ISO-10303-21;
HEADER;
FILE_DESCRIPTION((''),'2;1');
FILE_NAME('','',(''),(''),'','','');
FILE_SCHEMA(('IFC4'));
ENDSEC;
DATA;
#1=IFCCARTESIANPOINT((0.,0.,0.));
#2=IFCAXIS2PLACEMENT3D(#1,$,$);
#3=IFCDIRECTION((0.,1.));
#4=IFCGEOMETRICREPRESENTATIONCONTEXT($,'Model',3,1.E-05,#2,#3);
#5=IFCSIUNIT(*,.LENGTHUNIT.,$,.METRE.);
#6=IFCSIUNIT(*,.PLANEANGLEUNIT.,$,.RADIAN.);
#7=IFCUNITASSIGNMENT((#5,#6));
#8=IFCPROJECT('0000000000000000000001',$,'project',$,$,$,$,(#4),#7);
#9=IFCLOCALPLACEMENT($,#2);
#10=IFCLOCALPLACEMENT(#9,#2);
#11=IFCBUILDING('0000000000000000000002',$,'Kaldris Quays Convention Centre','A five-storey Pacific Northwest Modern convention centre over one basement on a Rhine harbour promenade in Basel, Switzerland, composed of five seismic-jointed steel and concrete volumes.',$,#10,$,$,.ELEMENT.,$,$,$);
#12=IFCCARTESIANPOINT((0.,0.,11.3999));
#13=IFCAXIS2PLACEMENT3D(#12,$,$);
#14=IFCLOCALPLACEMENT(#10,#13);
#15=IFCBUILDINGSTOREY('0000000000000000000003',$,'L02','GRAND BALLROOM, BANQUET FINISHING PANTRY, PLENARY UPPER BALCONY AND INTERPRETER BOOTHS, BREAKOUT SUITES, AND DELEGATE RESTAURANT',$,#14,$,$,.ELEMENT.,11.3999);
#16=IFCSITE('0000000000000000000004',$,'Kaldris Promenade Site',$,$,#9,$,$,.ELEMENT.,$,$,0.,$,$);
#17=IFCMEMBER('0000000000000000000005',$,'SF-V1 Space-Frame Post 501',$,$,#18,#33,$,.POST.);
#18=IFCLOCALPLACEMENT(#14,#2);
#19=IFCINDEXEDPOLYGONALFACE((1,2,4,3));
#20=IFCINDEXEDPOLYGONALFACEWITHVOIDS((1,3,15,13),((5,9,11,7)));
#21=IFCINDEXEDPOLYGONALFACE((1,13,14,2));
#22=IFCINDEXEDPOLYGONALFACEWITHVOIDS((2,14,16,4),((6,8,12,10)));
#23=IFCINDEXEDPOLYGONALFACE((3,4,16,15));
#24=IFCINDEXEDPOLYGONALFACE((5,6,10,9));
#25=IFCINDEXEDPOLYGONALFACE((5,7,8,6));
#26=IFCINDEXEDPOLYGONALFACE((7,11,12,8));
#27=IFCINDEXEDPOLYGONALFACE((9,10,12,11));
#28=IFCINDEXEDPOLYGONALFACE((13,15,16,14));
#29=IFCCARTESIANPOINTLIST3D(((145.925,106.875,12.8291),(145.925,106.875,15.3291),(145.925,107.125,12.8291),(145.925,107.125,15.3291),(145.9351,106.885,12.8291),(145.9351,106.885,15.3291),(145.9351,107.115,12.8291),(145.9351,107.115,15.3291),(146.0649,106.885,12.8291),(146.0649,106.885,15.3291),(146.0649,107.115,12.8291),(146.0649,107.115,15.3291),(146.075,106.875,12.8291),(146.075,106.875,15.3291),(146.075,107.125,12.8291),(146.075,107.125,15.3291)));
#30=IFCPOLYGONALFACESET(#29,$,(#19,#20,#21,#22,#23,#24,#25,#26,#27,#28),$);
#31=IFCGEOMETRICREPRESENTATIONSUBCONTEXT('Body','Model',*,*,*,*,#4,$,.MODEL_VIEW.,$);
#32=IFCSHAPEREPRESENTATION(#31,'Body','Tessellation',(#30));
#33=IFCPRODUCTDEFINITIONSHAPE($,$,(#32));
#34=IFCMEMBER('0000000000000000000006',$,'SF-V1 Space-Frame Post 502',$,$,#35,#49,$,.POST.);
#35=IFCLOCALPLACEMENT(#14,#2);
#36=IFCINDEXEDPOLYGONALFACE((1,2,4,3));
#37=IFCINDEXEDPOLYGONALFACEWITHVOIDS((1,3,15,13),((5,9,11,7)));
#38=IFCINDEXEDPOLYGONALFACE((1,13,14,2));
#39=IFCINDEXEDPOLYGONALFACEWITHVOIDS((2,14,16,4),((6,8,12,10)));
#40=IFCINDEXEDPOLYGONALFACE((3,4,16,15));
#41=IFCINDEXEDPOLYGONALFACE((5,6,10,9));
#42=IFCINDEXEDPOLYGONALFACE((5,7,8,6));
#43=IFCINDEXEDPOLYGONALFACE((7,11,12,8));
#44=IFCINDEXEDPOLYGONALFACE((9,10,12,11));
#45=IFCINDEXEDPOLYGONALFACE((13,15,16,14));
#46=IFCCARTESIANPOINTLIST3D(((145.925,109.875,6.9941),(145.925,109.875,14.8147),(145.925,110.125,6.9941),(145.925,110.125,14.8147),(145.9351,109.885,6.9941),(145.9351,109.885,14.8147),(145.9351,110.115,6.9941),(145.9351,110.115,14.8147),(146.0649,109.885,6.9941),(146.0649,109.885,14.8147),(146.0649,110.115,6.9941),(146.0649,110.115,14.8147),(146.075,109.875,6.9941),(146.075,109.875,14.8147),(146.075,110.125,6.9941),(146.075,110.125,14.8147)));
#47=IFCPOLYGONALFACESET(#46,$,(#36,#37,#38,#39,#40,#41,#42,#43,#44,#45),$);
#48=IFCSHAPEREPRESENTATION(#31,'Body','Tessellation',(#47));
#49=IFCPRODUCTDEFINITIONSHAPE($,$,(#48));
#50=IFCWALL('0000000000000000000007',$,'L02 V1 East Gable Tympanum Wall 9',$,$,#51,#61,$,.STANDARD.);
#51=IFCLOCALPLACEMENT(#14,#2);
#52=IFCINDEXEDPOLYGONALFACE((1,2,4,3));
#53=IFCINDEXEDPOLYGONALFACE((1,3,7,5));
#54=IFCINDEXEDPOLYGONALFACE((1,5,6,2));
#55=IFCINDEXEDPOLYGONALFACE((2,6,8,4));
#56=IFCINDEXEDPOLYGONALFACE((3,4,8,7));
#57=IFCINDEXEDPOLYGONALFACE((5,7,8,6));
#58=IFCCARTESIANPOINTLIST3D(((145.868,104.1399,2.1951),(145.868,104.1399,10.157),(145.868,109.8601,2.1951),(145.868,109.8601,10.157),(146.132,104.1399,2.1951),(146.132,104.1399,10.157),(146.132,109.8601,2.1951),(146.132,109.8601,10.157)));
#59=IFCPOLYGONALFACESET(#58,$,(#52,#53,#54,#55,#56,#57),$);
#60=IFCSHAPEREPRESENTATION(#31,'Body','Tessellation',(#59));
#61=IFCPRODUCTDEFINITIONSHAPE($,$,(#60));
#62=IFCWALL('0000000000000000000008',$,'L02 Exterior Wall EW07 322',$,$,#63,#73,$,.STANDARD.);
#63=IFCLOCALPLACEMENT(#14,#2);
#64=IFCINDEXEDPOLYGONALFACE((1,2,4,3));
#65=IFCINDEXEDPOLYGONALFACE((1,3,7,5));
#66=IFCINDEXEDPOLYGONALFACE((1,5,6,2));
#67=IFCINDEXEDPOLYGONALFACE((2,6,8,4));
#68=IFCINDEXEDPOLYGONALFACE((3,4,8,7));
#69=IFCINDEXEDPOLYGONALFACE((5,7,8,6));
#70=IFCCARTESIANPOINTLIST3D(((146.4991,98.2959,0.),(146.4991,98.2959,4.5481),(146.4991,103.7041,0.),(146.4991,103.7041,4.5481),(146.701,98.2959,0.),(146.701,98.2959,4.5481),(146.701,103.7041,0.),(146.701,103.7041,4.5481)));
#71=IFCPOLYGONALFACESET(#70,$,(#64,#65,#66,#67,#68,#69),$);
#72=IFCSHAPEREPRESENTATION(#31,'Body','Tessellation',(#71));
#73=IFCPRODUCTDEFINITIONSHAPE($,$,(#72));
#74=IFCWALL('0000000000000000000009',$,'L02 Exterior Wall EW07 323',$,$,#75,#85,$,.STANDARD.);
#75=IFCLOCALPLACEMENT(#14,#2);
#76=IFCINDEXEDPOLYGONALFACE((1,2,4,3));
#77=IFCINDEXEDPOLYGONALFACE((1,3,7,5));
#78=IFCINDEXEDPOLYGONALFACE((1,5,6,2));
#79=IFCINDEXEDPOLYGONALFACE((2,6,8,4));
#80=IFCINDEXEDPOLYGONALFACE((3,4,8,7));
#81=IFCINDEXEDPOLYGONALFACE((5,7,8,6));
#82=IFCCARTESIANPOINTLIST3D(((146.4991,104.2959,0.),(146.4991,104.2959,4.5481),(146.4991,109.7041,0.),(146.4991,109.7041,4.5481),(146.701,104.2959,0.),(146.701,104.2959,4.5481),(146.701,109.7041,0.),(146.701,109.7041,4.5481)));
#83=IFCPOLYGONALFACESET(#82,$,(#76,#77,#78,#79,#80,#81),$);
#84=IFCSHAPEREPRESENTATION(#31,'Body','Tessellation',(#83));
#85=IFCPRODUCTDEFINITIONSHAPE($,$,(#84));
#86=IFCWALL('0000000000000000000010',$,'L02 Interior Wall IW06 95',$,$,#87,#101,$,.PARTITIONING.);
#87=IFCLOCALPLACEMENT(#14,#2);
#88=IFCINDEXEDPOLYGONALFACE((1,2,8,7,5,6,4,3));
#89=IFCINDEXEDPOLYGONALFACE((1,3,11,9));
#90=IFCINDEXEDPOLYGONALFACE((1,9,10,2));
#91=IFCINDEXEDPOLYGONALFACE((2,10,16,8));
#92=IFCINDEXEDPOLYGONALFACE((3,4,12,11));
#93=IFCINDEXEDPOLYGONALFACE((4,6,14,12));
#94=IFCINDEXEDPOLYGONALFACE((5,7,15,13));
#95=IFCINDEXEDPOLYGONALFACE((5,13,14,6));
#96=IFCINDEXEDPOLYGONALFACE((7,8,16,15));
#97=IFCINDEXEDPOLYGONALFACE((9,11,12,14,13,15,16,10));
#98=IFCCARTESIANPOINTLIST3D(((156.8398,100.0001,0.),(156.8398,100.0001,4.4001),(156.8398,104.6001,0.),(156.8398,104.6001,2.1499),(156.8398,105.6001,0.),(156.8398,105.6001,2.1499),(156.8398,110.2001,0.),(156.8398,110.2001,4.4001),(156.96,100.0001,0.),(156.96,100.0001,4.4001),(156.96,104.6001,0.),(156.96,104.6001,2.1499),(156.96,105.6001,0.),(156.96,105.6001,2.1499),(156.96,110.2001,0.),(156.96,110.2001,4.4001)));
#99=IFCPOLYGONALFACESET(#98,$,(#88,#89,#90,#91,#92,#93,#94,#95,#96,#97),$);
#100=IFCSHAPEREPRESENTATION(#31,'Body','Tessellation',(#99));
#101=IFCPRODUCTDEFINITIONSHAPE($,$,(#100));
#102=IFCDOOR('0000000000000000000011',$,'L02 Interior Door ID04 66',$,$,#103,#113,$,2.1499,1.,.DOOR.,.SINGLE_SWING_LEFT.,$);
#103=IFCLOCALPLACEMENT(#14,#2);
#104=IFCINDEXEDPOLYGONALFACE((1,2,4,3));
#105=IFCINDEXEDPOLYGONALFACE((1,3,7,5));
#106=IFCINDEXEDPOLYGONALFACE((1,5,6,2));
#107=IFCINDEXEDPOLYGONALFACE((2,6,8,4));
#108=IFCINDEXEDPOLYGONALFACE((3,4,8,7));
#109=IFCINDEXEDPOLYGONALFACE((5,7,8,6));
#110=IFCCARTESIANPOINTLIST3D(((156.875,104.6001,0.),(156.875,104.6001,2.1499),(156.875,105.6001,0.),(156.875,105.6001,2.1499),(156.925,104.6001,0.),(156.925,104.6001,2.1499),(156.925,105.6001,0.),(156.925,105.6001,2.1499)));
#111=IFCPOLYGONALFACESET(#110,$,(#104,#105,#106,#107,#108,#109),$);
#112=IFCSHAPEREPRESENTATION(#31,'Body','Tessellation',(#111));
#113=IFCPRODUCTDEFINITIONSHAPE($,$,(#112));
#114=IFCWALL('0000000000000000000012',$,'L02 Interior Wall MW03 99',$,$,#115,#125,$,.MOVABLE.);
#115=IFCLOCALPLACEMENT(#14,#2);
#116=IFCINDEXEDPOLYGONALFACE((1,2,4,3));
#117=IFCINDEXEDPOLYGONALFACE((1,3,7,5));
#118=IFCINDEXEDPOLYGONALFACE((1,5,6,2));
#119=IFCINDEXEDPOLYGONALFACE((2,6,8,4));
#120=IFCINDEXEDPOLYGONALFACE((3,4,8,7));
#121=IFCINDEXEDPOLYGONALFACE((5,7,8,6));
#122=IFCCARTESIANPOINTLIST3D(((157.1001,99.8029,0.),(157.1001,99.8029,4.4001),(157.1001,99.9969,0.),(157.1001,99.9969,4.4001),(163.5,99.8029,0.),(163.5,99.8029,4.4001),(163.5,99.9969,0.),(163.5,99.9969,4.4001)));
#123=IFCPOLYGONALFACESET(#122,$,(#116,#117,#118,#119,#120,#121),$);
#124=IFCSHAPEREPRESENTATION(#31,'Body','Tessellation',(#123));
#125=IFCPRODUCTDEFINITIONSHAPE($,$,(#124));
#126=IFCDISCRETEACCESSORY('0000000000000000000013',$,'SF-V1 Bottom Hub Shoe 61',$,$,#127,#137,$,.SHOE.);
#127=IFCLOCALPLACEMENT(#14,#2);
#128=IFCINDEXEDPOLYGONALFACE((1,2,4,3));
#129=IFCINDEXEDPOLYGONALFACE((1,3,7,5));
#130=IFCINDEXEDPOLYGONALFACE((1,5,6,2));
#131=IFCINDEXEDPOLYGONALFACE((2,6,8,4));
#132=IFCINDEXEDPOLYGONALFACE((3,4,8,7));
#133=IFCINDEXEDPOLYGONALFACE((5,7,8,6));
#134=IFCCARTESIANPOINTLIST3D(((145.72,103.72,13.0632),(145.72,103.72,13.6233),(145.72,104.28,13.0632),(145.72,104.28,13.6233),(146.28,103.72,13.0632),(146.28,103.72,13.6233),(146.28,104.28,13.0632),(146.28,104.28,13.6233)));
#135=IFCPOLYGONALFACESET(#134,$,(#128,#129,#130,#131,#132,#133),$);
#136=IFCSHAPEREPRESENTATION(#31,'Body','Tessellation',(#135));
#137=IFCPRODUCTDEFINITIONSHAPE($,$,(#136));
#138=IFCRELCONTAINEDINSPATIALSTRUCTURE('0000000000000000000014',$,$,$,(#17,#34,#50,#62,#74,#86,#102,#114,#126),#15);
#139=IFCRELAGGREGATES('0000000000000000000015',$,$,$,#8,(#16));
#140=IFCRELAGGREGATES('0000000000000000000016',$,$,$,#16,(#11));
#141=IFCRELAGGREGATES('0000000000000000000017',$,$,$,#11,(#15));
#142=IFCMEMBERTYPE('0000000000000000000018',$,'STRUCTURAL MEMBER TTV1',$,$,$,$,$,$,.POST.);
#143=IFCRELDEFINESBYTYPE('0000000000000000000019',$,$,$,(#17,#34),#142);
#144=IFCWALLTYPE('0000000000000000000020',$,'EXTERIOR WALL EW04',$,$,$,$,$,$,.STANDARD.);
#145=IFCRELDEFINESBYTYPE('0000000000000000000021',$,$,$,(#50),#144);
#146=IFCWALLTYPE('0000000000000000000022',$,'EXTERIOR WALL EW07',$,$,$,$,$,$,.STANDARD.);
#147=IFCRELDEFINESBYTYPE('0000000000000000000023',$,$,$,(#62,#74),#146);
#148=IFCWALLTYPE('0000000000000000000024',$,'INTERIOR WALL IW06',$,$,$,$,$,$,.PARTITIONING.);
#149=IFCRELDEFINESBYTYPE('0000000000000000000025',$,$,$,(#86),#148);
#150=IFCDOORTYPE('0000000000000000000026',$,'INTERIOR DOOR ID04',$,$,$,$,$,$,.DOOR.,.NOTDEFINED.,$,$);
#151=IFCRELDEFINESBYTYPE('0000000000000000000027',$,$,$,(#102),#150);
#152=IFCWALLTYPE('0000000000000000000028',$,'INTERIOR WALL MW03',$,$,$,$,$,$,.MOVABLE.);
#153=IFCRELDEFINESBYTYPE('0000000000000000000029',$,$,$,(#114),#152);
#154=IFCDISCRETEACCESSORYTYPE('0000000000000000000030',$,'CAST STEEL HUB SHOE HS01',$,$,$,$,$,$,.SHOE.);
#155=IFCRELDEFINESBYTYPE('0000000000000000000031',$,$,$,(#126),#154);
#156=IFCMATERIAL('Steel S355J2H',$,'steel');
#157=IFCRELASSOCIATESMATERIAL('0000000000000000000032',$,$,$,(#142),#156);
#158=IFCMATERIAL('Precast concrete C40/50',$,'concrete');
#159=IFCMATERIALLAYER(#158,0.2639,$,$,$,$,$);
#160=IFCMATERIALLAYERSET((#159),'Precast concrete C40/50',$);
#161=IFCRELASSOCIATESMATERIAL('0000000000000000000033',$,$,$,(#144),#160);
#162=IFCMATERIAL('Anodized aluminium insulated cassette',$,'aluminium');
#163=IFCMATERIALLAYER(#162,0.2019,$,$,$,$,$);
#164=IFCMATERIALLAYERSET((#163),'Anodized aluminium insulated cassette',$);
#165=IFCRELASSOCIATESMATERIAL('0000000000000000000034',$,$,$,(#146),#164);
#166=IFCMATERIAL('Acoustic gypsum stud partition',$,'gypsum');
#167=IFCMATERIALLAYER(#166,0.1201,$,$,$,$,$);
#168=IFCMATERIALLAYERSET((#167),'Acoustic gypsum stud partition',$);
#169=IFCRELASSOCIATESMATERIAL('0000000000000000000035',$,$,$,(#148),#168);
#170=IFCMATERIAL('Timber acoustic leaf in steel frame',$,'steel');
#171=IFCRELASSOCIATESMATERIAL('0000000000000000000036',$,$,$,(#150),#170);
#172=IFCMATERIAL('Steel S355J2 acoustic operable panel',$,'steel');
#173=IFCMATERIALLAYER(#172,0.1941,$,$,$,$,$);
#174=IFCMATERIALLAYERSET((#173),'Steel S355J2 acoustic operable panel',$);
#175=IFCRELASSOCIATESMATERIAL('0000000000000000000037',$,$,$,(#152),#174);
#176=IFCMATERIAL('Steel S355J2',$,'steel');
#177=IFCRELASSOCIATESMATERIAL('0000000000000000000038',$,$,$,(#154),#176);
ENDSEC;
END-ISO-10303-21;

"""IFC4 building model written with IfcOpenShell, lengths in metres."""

from ifc_helpers import new_model, si_unit, direction, frame, frame_2d, origin, origin_2d, place, context, subcontext, project, spatial, rectangle, hollow_rectangle, extrude, material, layer, layer_set, material_profile, profile_set, type_object, element, fill, save


model = new_model("IFC4")

# Units and contexts
model_context = context("Model", 3, precision=1e-05, world=origin(), true_north=direction((0.0, 1.0)))
body_context = subcontext(model_context, "Body", "Model", "MODEL_VIEW")
ifc_project = project(units=[si_unit("LENGTHUNIT", "METRE"), si_unit("PLANEANGLEUNIT", "RADIAN")], contexts=[model_context])

# Site, building, storey
site_placement = place(None, origin())
site = spatial("IfcSite", under=ifc_project, at=site_placement, Name="Kaldris Promenade Site", CompositionType="ELEMENT", RefElevation=0.0)
building_placement = place(site_placement, origin())
building = spatial("IfcBuilding", under=site, at=building_placement, Name="Kaldris Quays Convention Centre", Description="A five-storey Pacific Northwest Modern convention centre over one basement on a Rhine harbour promenade in Basel, Switzerland, composed of five seismic-jointed steel and concrete volumes.", CompositionType="ELEMENT")
storey_placement = place(building_placement, frame((0.0, 0.0, 11.3999)))
storey = spatial("IfcBuildingStorey", under=building, at=storey_placement, Name="L02", Description="GRAND BALLROOM, BANQUET FINISHING PANTRY, PLENARY UPPER BALCONY AND INTERPRETER BOOTHS, BREAKOUT SUITES, AND DELEGATE RESTAURANT", CompositionType="ELEMENT", Elevation=11.3999)

# Shared definitions
ifc_material_1 = material(Name="Steel S355J2", Category="steel")

# Members
ifc_material_2 = material(Name="Steel S355J2H", Category="steel")
ifc_material_profile_1 = material_profile(ifc_material_2, hollow_rectangle(XDim=0.1499, YDim=0.25, WallThickness=0.01, at=origin_2d()), Name="RHS 250x150x10")
ifc_profile_set_1 = profile_set([ifc_material_profile_1], Name="Steel S355J2H")
member_type_1 = type_object("IfcMemberType", Name="STRUCTURAL MEMBER TTV1", PredefinedType="POST", material=ifc_profile_set_1)
member_1_placement = place(storey_placement, frame((146.0, 107.0, 12.8291), z_axis=(0.0, 0.0, 1.0), x_axis=(1.0, 0.0, 0.0)))
element("IfcMember", 1, at=member_1_placement, inside=storey, type_object=member_type_1, Name="SF-V1 Space-Frame Post 501", PredefinedType="POST", context=body_context, shape_type="SweptSolid", body=[
    extrude(hollow_rectangle(XDim=0.1499, YDim=0.25, WallThickness=0.01, at=origin_2d()), origin(), (0.0, 0.0, 1.0), 2.5),
])
member_2_placement = place(storey_placement, frame((146.0, 110.0, 6.9941), z_axis=(0.0, 0.0, 1.0), x_axis=(1.0, 0.0, 0.0)))
element("IfcMember", 2, at=member_2_placement, inside=storey, type_object=member_type_1, Name="SF-V1 Space-Frame Post 502", PredefinedType="POST", context=body_context, shape_type="SweptSolid", body=[
    extrude(hollow_rectangle(XDim=0.1499, YDim=0.25, WallThickness=0.01, at=origin_2d()), origin(), (0.0, 0.0, 1.0), 7.8206),
])

# Walls
ifc_material_3 = material(Name="Precast concrete C40/50", Category="concrete")
ifc_layer_1 = layer(ifc_material_3, 0.2639)
ifc_layer_set_1 = layer_set([ifc_layer_1], Name="Precast concrete C40/50")
wall_type_1 = type_object("IfcWallType", Name="EXTERIOR WALL EW04", PredefinedType="STANDARD", material=ifc_layer_set_1)
wall_1_placement = place(storey_placement, frame((146.0, 104.1399, 2.1951), z_axis=(0.0, 0.0, 1.0), x_axis=(0.0, 1.0, 0.0)))
element("IfcWall", 3, at=wall_1_placement, inside=storey, type_object=wall_type_1, Name="L02 V1 East Gable Tympanum Wall 9", PredefinedType="STANDARD", context=body_context, shape_type="SweptSolid", body=[
    extrude(rectangle(XDim=5.7202, YDim=0.2639, at=frame_2d((2.8601, 0.0))), origin(), (0.0, 0.0, 1.0), 7.9619),
])
ifc_material_4 = material(Name="Anodized aluminium insulated cassette", Category="aluminium")
ifc_layer_2 = layer(ifc_material_4, 0.2019)
ifc_layer_set_2 = layer_set([ifc_layer_2], Name="Anodized aluminium insulated cassette")
wall_type_2 = type_object("IfcWallType", Name="EXTERIOR WALL EW07", PredefinedType="STANDARD", material=ifc_layer_set_2)
for number, where, z_axis, x_axis, name in (
    (4, (146.6001, 98.2959, 0.0), (0.0, 0.0, 1.0), (0.0, 1.0, 0.0), "L02 Exterior Wall EW07 322"),
    (5, (146.6001, 104.2959, 0.0), (0.0, 0.0, 1.0), (0.0, 1.0, 0.0), "L02 Exterior Wall EW07 323"),
):
    element("IfcWall", number, at=place(storey_placement, frame(where, z_axis=z_axis, x_axis=x_axis)), inside=storey, type_object=wall_type_2, Name=name, PredefinedType="STANDARD", context=body_context, shape_type="SweptSolid", body=[
        extrude(rectangle(XDim=5.4082, YDim=0.2019, at=frame_2d((2.7041, 0.0))), origin(), (0.0, 0.0, 1.0), 4.5481),
    ])

# Wall, opening, door
ifc_material_5 = material(Name="Acoustic gypsum stud partition", Category="gypsum")
ifc_layer_3 = layer(ifc_material_5, 0.1201)
ifc_layer_set_3 = layer_set([ifc_layer_3], Name="Acoustic gypsum stud partition")
wall_type_3 = type_object("IfcWallType", Name="INTERIOR WALL IW06", PredefinedType="PARTITIONING", material=ifc_layer_set_3)
wall_2_placement = place(storey_placement, frame((156.8999, 100.0, 0.0), z_axis=(0.0, 0.0, 1.0), x_axis=(0.0, 1.0, 0.0)))
wall_2 = element("IfcWall", 6, at=wall_2_placement, inside=storey, type_object=wall_type_3, Name="L02 Interior Wall IW06 95", PredefinedType="PARTITIONING", context=body_context, shape_type="SweptSolid", body=[
    extrude(rectangle(XDim=10.2, YDim=0.1201, at=frame_2d((5.1001, 0.0))), origin(), (0.0, 0.0, 1.0), 4.4001),
])
opening_placement = place(wall_2_placement, frame((4.6001, 0.0, 0.0)))
opening = element("IfcOpeningElement", 7, at=opening_placement, cuts=wall_2, PredefinedType="OPENING", context=body_context, shape_type="SweptSolid", body=[
    extrude(rectangle(XDim=1.0, YDim=2.1499, at=frame_2d((0.5, 1.075))), frame((0.0, 0.0701, 0.0), z_axis=(0.0, -1.0, 0.0), x_axis=(1.0, 0.0, 0.0)), (0.0, 0.0, 1.0), 0.1401),
])
ifc_material_6 = material(Name="Timber acoustic leaf in steel frame", Category="steel")
door_type = type_object("IfcDoorType", Name="INTERIOR DOOR ID04", OperationType="NOTDEFINED", PredefinedType="DOOR", material=ifc_material_6)
door_placement = place(opening_placement, origin())
door = element("IfcDoor", 8, at=door_placement, inside=storey, type_object=door_type, Name="L02 Interior Door ID04 66", OperationType="SINGLE_SWING_LEFT", OverallHeight=2.1499, OverallWidth=1.0, PredefinedType="DOOR", context=body_context, shape_type="SweptSolid", body=[
    extrude(rectangle(XDim=1.0, YDim=2.1499, at=frame_2d((0.5, 1.075))), frame((0.0, 0.0249, 0.0), z_axis=(0.0, -1.0, 0.0), x_axis=(1.0, 0.0, 0.0)), (0.0, 0.0, 1.0), 0.05),
])
fill(opening, door)

# Wall
ifc_material_7 = material(Name="Steel S355J2 acoustic operable panel", Category="steel")
ifc_layer_4 = layer(ifc_material_7, 0.1941)
ifc_layer_set_4 = layer_set([ifc_layer_4], Name="Steel S355J2 acoustic operable panel")
wall_type_4 = type_object("IfcWallType", Name="INTERIOR WALL MW03", PredefinedType="MOVABLE", material=ifc_layer_set_4)
wall_3_placement = place(storey_placement, frame((157.1001, 99.8999, 0.0), z_axis=(0.0, 0.0, 1.0), x_axis=(1.0, 0.0, 0.0)))
element("IfcWall", 9, at=wall_3_placement, inside=storey, type_object=wall_type_4, Name="L02 Interior Wall MW03 99", PredefinedType="MOVABLE", context=body_context, shape_type="SweptSolid", body=[
    extrude(rectangle(XDim=6.3999, YDim=0.1941, at=frame_2d((3.2, 0.0))), origin(), (0.0, 0.0, 1.0), 4.4001),
])

# Discrete accessory
discrete_accessory_type = type_object("IfcDiscreteAccessoryType", Name="CAST STEEL HUB SHOE HS01", PredefinedType="SHOE", material=ifc_material_1)
discrete_accessory_placement = place(storey_placement, frame((146.0, 104.0, 13.0632), z_axis=(0.0, 0.0, 1.0), x_axis=(1.0, 0.0, 0.0)))
element("IfcDiscreteAccessory", 10, at=discrete_accessory_placement, inside=storey, type_object=discrete_accessory_type, Name="SF-V1 Bottom Hub Shoe 61", PredefinedType="SHOE", context=body_context, shape_type="SweptSolid", body=[
    extrude(rectangle(XDim=0.5601, YDim=0.5601, at=origin_2d()), origin(), (0.0, 0.0, 1.0), 0.5601),
])

save(model, "model.ifc")
